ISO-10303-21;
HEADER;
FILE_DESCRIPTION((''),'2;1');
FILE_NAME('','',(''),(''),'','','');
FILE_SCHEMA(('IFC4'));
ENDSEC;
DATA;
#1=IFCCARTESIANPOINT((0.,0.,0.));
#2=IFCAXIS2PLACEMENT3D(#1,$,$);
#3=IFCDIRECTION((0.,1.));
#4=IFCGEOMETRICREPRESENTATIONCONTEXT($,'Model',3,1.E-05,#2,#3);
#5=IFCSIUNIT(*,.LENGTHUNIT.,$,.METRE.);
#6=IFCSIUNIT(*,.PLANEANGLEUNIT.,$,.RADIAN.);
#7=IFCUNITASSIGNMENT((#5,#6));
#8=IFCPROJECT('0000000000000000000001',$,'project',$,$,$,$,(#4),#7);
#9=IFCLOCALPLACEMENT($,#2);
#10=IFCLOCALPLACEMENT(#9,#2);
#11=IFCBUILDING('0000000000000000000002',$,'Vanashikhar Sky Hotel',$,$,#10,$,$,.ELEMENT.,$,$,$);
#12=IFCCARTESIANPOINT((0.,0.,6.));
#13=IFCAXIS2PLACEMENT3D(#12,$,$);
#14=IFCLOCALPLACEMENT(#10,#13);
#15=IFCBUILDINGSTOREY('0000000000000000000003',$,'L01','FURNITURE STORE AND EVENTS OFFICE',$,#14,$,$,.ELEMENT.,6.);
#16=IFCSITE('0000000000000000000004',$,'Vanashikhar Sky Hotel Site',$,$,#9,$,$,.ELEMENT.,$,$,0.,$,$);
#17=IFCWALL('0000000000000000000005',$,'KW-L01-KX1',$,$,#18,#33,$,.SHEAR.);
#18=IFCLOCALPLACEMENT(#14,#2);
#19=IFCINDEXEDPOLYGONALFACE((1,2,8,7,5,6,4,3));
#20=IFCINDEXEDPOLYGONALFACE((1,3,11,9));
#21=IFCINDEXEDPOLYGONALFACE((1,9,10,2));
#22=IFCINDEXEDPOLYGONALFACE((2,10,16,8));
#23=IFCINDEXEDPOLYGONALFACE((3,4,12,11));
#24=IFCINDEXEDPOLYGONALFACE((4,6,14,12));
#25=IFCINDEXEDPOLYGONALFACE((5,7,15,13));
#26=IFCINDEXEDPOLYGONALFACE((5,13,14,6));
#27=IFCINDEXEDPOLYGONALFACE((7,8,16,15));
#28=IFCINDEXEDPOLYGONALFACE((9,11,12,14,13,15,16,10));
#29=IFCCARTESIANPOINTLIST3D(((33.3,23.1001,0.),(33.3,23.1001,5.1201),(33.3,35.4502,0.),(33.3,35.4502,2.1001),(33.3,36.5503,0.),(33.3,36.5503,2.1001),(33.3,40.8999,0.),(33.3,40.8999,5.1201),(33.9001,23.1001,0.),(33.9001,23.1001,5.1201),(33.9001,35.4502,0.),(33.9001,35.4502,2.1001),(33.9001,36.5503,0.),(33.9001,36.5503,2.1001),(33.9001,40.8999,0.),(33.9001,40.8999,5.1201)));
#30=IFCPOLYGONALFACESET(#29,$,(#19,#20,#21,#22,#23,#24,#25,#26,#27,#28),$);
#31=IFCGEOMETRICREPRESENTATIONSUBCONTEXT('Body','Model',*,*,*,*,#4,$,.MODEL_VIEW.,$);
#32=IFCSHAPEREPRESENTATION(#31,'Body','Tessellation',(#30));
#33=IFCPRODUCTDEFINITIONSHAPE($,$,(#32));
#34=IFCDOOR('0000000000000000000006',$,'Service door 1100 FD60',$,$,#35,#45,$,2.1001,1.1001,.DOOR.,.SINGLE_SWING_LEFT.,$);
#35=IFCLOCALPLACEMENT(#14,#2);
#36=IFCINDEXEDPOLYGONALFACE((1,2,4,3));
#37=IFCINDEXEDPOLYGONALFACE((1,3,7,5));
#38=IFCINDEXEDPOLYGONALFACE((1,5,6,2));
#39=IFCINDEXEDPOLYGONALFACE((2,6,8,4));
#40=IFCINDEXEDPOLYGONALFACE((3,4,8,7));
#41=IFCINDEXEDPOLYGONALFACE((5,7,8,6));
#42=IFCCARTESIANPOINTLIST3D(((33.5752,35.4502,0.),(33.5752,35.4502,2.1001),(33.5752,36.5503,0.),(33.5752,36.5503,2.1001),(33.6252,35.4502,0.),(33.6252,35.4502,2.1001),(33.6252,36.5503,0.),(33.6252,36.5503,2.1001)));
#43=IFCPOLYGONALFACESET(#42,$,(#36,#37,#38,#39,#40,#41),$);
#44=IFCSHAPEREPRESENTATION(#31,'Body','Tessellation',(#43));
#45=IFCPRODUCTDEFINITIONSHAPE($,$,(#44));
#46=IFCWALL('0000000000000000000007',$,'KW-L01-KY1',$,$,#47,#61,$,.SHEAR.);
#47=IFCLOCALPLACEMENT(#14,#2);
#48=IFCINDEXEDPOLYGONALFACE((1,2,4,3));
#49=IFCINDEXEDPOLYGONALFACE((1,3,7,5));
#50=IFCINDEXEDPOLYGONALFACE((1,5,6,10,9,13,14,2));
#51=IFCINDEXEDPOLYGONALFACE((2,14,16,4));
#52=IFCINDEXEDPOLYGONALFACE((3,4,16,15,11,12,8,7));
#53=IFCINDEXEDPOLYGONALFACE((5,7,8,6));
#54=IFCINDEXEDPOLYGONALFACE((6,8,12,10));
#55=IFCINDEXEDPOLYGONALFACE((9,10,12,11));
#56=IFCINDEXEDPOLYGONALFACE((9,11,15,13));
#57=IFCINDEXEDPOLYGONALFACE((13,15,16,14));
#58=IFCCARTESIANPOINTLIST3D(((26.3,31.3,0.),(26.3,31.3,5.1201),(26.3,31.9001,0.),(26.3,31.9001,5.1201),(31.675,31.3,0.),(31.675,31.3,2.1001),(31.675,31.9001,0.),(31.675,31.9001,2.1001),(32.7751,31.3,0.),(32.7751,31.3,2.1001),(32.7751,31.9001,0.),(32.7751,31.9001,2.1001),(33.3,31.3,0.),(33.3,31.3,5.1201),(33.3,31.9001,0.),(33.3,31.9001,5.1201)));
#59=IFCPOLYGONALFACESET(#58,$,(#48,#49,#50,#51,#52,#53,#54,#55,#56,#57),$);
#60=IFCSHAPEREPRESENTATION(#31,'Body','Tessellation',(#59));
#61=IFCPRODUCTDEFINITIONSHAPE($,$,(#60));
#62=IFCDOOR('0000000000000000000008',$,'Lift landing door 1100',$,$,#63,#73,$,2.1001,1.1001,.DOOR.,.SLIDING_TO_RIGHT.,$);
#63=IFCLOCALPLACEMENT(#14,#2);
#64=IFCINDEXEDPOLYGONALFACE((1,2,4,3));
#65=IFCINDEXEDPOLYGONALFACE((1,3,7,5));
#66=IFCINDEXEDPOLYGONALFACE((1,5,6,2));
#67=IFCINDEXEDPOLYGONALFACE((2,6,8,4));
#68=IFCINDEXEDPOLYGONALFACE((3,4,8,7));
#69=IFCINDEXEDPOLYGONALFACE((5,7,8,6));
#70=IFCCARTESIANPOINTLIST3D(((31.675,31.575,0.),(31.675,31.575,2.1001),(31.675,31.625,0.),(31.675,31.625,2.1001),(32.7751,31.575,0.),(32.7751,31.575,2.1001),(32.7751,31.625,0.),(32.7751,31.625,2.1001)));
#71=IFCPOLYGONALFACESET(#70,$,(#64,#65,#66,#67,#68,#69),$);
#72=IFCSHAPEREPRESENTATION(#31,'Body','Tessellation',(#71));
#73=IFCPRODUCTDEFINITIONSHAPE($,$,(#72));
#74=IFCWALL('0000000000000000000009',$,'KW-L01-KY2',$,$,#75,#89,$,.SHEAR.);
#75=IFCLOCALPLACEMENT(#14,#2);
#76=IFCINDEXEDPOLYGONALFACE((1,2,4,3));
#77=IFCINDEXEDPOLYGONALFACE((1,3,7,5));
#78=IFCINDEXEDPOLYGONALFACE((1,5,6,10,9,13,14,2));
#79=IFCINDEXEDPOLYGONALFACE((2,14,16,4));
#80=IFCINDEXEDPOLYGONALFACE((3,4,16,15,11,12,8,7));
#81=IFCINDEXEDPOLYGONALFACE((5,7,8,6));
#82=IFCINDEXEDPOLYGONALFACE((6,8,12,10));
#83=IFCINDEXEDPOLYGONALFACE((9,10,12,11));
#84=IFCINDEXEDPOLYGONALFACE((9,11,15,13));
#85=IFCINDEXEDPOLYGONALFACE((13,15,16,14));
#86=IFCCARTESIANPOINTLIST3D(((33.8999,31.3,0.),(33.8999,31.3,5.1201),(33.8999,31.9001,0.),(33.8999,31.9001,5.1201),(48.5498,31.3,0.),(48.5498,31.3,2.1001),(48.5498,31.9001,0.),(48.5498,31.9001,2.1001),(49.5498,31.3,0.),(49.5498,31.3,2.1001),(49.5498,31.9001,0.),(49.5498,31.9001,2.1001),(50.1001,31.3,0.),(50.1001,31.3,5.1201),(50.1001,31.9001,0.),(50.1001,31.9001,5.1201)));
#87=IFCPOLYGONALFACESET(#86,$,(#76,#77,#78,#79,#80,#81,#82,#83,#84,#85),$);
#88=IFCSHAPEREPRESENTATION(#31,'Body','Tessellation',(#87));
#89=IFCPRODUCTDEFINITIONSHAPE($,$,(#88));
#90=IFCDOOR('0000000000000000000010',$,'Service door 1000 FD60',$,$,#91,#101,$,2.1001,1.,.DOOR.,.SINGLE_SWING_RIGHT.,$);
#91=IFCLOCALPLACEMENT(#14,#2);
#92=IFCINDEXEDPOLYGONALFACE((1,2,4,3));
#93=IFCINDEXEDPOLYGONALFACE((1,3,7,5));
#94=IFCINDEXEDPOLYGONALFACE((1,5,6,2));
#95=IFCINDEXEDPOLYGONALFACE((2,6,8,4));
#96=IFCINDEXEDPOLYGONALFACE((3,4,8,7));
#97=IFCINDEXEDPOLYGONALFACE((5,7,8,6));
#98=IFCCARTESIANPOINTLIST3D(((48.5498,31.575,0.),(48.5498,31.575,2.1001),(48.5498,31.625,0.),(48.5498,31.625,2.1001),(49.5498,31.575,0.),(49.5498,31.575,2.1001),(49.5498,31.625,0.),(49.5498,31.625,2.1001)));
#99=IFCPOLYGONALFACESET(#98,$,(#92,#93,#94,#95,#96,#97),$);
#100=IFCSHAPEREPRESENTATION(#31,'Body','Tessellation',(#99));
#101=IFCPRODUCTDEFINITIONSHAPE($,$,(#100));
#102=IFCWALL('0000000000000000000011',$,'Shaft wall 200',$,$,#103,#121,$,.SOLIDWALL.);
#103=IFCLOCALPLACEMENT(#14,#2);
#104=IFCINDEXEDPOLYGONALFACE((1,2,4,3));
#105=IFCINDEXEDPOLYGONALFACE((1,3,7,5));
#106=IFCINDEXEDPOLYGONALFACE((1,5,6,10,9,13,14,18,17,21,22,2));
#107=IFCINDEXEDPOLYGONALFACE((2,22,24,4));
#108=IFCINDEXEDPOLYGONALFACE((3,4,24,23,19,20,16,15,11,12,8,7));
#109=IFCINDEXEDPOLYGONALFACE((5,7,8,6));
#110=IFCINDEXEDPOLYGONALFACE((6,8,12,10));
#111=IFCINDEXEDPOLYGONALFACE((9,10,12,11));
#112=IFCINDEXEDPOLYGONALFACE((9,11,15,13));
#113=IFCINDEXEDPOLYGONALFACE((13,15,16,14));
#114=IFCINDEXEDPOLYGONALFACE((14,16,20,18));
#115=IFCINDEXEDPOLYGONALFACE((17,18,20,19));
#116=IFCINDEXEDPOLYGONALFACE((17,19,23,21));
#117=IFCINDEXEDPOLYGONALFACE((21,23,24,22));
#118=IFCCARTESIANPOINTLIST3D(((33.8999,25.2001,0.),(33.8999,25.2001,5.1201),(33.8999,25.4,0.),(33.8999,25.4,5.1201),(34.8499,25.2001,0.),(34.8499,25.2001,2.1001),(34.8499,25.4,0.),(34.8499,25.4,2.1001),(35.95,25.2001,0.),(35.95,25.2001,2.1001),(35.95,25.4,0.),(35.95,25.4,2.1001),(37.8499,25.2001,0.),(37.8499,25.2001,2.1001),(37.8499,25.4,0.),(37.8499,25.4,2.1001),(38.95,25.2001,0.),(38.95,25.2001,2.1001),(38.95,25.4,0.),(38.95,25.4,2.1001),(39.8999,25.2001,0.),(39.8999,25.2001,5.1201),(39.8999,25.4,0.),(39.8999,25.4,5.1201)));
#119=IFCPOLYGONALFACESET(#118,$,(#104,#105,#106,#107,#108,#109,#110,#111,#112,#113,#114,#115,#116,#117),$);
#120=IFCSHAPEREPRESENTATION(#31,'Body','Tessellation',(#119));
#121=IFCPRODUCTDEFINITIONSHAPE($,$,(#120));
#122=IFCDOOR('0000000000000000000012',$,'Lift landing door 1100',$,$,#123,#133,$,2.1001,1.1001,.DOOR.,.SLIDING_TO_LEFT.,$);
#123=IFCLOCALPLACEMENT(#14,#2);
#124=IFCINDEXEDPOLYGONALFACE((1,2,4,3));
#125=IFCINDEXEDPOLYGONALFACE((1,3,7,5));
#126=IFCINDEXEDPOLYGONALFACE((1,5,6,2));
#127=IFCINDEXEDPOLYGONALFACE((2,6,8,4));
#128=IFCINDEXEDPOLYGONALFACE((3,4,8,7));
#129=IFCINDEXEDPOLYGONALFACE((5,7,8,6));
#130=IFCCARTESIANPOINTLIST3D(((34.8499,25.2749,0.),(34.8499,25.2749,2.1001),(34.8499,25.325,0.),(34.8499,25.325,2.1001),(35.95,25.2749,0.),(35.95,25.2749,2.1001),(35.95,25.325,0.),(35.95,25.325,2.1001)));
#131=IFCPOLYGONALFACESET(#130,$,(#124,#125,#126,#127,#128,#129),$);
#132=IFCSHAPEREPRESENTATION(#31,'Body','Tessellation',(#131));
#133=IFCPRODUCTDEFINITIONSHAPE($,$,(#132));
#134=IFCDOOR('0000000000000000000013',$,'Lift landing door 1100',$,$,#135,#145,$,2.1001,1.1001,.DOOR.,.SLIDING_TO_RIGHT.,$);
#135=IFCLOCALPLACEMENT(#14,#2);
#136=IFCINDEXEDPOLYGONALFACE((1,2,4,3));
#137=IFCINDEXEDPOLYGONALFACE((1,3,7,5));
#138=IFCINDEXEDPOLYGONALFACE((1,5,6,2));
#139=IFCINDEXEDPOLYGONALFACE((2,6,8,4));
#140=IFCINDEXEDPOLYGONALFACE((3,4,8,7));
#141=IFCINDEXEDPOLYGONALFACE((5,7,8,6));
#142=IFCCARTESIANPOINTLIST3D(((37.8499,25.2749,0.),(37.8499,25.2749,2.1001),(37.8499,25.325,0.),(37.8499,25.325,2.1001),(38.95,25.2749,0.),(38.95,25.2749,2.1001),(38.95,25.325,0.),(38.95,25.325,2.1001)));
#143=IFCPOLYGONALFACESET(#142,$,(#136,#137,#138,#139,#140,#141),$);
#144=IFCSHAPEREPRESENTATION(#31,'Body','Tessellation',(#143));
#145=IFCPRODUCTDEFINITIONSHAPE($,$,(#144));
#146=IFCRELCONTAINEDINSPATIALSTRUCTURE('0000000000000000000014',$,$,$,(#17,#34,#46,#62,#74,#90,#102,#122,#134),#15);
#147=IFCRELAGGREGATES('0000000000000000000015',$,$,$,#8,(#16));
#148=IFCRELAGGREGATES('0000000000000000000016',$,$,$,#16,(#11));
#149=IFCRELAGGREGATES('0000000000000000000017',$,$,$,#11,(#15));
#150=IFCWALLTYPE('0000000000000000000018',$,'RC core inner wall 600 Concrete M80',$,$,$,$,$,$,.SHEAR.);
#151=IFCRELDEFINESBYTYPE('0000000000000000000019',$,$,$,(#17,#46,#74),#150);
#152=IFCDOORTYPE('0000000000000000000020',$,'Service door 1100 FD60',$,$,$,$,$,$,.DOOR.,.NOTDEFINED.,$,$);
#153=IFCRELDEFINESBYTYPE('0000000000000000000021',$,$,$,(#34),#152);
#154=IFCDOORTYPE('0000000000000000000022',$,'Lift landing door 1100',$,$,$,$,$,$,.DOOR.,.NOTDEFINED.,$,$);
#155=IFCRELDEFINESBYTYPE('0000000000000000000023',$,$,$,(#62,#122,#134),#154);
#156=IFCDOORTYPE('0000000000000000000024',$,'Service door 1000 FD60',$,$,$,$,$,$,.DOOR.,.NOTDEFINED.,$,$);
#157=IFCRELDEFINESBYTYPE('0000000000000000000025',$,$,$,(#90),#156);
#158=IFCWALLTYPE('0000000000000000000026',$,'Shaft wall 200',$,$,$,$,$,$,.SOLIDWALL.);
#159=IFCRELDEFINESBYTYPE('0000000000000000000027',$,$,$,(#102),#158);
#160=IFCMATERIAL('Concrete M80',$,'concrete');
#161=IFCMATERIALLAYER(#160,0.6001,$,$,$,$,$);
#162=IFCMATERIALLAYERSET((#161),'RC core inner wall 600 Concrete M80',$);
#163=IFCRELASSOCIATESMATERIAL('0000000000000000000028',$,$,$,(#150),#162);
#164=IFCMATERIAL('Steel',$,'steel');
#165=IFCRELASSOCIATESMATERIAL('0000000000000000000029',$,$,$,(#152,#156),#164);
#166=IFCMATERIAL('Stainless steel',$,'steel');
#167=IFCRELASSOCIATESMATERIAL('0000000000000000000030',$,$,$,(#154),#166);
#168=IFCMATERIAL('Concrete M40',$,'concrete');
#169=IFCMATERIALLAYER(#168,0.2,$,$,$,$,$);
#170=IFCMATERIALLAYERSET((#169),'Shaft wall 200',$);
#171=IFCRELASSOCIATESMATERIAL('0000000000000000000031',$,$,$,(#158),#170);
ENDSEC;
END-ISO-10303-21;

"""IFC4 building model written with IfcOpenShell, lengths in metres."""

from ifc_helpers import new_model, si_unit, direction, frame, frame_2d, origin, place, context, subcontext, project, spatial, rectangle, extrude, source, transform, mapped, material, layer, layer_set, type_object, element, fill, save


model = new_model("IFC4")

# Units and contexts
model_context = context("Model", 3, precision=1e-05, world=origin(), true_north=direction((0.0, 1.0)))
body_context = subcontext(model_context, "Body", "Model", "MODEL_VIEW")
ifc_project = project(units=[si_unit("LENGTHUNIT", "METRE"), si_unit("PLANEANGLEUNIT", "RADIAN")], contexts=[model_context])

# Site, building, storey
site_placement = place(None, origin())
site = spatial("IfcSite", under=ifc_project, at=site_placement, Name="Vanashikhar Sky Hotel Site", CompositionType="ELEMENT", RefElevation=0.0)
building_placement = place(site_placement, origin())
building = spatial("IfcBuilding", under=site, at=building_placement, Name="Vanashikhar Sky Hotel", CompositionType="ELEMENT")
storey_placement = place(building_placement, frame((0.0, 0.0, 6.0)))
storey = spatial("IfcBuildingStorey", under=building, at=storey_placement, Name="L01", Description="FURNITURE STORE AND EVENTS OFFICE", CompositionType="ELEMENT", Elevation=6.0)

# Walls, openings, doors
ifc_material_1 = material(Name="Concrete M80", Category="concrete")
ifc_layer_1 = layer(ifc_material_1, 0.6001)
ifc_layer_set_1 = layer_set([ifc_layer_1], Name="RC core inner wall 600 Concrete M80")
wall_type_1 = type_object("IfcWallType", Name="RC core inner wall 600 Concrete M80", PredefinedType="SHEAR", material=ifc_layer_set_1)
shared_shape_1 = source(origin(), body_context, "Body", "SweptSolid", [
    extrude(rectangle(XDim=17.7998, YDim=0.6001, at=frame_2d((8.8999, 0.0))), origin(), (0.0, 0.0, 1.0), 5.1201),
])
wall_1_placement = place(storey_placement, frame((33.6001, 23.1001, 0.0), z_axis=(0.0, 0.0, 1.0), x_axis=(0.0, 1.0, 0.0)))
wall_1 = element("IfcWall", 1, at=wall_1_placement, inside=storey, type_object=wall_type_1, Name="KW-L01-KX1", PredefinedType="SHEAR", context=body_context, shape_type="MappedRepresentation", body=[
    mapped(shared_shape_1, transform((0.0, 0.0, 0.0), scale=1.0)),
])
shared_shape_2 = source(origin(), body_context, "Body", "SweptSolid", [
    extrude(rectangle(XDim=1.1001, YDim=2.1001, at=frame_2d((0.55, 1.05))), frame((0.0, 0.3101, 0.0), z_axis=(0.0, -1.0, 0.0), x_axis=(1.0, 0.0, 0.0)), (0.0, 0.0, 1.0), 0.6201),
])
opening_1_placement = place(wall_1_placement, frame((12.3501, 0.0, 0.0)))
opening_1 = element("IfcOpeningElement", 2, at=opening_1_placement, cuts=wall_1, PredefinedType="OPENING", context=body_context, shape_type="MappedRepresentation", body=[
    mapped(shared_shape_2, transform((0.0, 0.0, 0.0), scale=1.0)),
])
ifc_material_2 = material(Name="Steel", Category="steel")
door_type_1 = type_object("IfcDoorType", Name="Service door 1100 FD60", OperationType="NOTDEFINED", PredefinedType="DOOR", material=ifc_material_2)
shared_shape_3 = source(origin(), body_context, "Body", "SweptSolid", [
    extrude(rectangle(XDim=1.1001, YDim=2.1001, at=frame_2d((0.55, 1.05))), frame((0.0, 0.0249, 0.0), z_axis=(0.0, -1.0, 0.0), x_axis=(1.0, 0.0, 0.0)), (0.0, 0.0, 1.0), 0.05),
])
door_1_placement = place(opening_1_placement, origin())
door_1 = element("IfcDoor", 3, at=door_1_placement, inside=storey, type_object=door_type_1, Name="Service door 1100 FD60", OperationType="SINGLE_SWING_LEFT", OverallHeight=2.1001, OverallWidth=1.1001, PredefinedType="DOOR", context=body_context, shape_type="MappedRepresentation", body=[
    mapped(shared_shape_3, transform((0.0, 0.0, 0.0), scale=1.0)),
])
fill(opening_1, door_1)
shared_shape_4 = source(origin(), body_context, "Body", "SweptSolid", [
    extrude(rectangle(XDim=7.0, YDim=0.6001, at=frame_2d((3.5, 0.0))), origin(), (0.0, 0.0, 1.0), 5.1201),
])
wall_2_placement = place(storey_placement, frame((26.3, 31.6001, 0.0), z_axis=(0.0, 0.0, 1.0), x_axis=(1.0, 0.0, 0.0)))
wall_2 = element("IfcWall", 4, at=wall_2_placement, inside=storey, type_object=wall_type_1, Name="KW-L01-KY1", PredefinedType="SHEAR", context=body_context, shape_type="MappedRepresentation", body=[
    mapped(shared_shape_4, transform((0.0, 0.0, 0.0), scale=1.0)),
])
opening_2_placement = place(wall_2_placement, frame((5.375, 0.0, 0.0)))
opening_2 = element("IfcOpeningElement", 5, at=opening_2_placement, cuts=wall_2, PredefinedType="OPENING", context=body_context, shape_type="MappedRepresentation", body=[
    mapped(shared_shape_2, transform((0.0, 0.0, 0.0), scale=1.0)),
])
ifc_material_3 = material(Name="Stainless steel", Category="steel")
door_type_2 = type_object("IfcDoorType", Name="Lift landing door 1100", OperationType="NOTDEFINED", PredefinedType="DOOR", material=ifc_material_3)
door_2_placement = place(opening_2_placement, origin())
door_2 = element("IfcDoor", 6, at=door_2_placement, inside=storey, type_object=door_type_2, Name="Lift landing door 1100", OperationType="SLIDING_TO_RIGHT", OverallHeight=2.1001, OverallWidth=1.1001, PredefinedType="DOOR", context=body_context, shape_type="MappedRepresentation", body=[
    mapped(shared_shape_3, transform((0.0, 0.0, 0.0), scale=1.0)),
])
fill(opening_2, door_2)
shared_shape_5 = source(origin(), body_context, "Body", "SweptSolid", [
    extrude(rectangle(XDim=16.2002, YDim=0.6001, at=frame_2d((8.1001, 0.0))), origin(), (0.0, 0.0, 1.0), 5.1201),
])
wall_3_placement = place(storey_placement, frame((33.8999, 31.6001, 0.0), z_axis=(0.0, 0.0, 1.0), x_axis=(1.0, 0.0, 0.0)))
wall_3 = element("IfcWall", 7, at=wall_3_placement, inside=storey, type_object=wall_type_1, Name="KW-L01-KY2", PredefinedType="SHEAR", context=body_context, shape_type="MappedRepresentation", body=[
    mapped(shared_shape_5, transform((0.0, 0.0, 0.0), scale=1.0)),
])
shared_shape_6 = source(origin(), body_context, "Body", "SweptSolid", [
    extrude(rectangle(XDim=1.0, YDim=2.1001, at=frame_2d((0.5, 1.05))), frame((0.0, 0.3101, 0.0), z_axis=(0.0, -1.0, 0.0), x_axis=(1.0, 0.0, 0.0)), (0.0, 0.0, 1.0), 0.6201),
])
opening_3_placement = place(wall_3_placement, frame((14.6499, 0.0, 0.0)))
opening_3 = element("IfcOpeningElement", 8, at=opening_3_placement, cuts=wall_3, PredefinedType="OPENING", context=body_context, shape_type="MappedRepresentation", body=[
    mapped(shared_shape_6, transform((0.0, 0.0, 0.0), scale=1.0)),
])
door_type_3 = type_object("IfcDoorType", Name="Service door 1000 FD60", OperationType="NOTDEFINED", PredefinedType="DOOR", material=ifc_material_2)
shared_shape_7 = source(origin(), body_context, "Body", "SweptSolid", [
    extrude(rectangle(XDim=1.0, YDim=2.1001, at=frame_2d((0.5, 1.05))), frame((0.0, 0.0249, 0.0), z_axis=(0.0, -1.0, 0.0), x_axis=(1.0, 0.0, 0.0)), (0.0, 0.0, 1.0), 0.05),
])
door_3_placement = place(opening_3_placement, origin())
door_3 = element("IfcDoor", 9, at=door_3_placement, inside=storey, type_object=door_type_3, Name="Service door 1000 FD60", OperationType="SINGLE_SWING_RIGHT", OverallHeight=2.1001, OverallWidth=1.0, PredefinedType="DOOR", context=body_context, shape_type="MappedRepresentation", body=[
    mapped(shared_shape_7, transform((0.0, 0.0, 0.0), scale=1.0)),
])
fill(opening_3, door_3)

# Wall, openings, doors
ifc_material_4 = material(Name="Concrete M40", Category="concrete")
ifc_layer_2 = layer(ifc_material_4, 0.2)
ifc_layer_set_2 = layer_set([ifc_layer_2], Name="Shaft wall 200")
wall_type_2 = type_object("IfcWallType", Name="Shaft wall 200", PredefinedType="SOLIDWALL", material=ifc_layer_set_2)
shared_shape_8 = source(origin(), body_context, "Body", "SweptSolid", [
    extrude(rectangle(XDim=6.0, YDim=0.2, at=frame_2d((3.0, 0.0))), origin(), (0.0, 0.0, 1.0), 5.1201),
])
wall_4_placement = place(storey_placement, frame((33.8999, 25.3, 0.0), z_axis=(0.0, 0.0, 1.0), x_axis=(1.0, 0.0, 0.0)))
wall_4 = element("IfcWall", 10, at=wall_4_placement, inside=storey, type_object=wall_type_2, Name="Shaft wall 200", PredefinedType="SOLIDWALL", context=body_context, shape_type="MappedRepresentation", body=[
    mapped(shared_shape_8, transform((0.0, 0.0, 0.0), scale=1.0)),
])
shared_shape_9 = source(origin(), body_context, "Body", "SweptSolid", [
    extrude(rectangle(XDim=1.1001, YDim=2.1001, at=frame_2d((0.55, 1.05))), frame((0.0, 0.1099, 0.0), z_axis=(0.0, -1.0, 0.0), x_axis=(1.0, 0.0, 0.0)), (0.0, 0.0, 1.0), 0.22),
])
opening_4_placement = place(wall_4_placement, frame((0.95, 0.0, 0.0)))
opening_4 = element("IfcOpeningElement", 11, at=opening_4_placement, cuts=wall_4, PredefinedType="OPENING", context=body_context, shape_type="MappedRepresentation", body=[
    mapped(shared_shape_9, transform((0.0, 0.0, 0.0), scale=1.0)),
])
opening_5_placement = place(wall_4_placement, frame((3.95, 0.0, 0.0)))
opening_5 = element("IfcOpeningElement", 12, at=opening_5_placement, cuts=wall_4, PredefinedType="OPENING", context=body_context, shape_type="MappedRepresentation", body=[
    mapped(shared_shape_9, transform((0.0, 0.0, 0.0), scale=1.0)),
])
door_4_placement = place(opening_4_placement, origin())
door_4 = element("IfcDoor", 13, at=door_4_placement, inside=storey, type_object=door_type_2, Name="Lift landing door 1100", OperationType="SLIDING_TO_LEFT", OverallHeight=2.1001, OverallWidth=1.1001, PredefinedType="DOOR", context=body_context, shape_type="MappedRepresentation", body=[
    mapped(shared_shape_3, transform((0.0, 0.0, 0.0), scale=1.0)),
])
fill(opening_4, door_4)
door_5_placement = place(opening_5_placement, origin())
door_5 = element("IfcDoor", 14, at=door_5_placement, inside=storey, type_object=door_type_2, Name="Lift landing door 1100", OperationType="SLIDING_TO_RIGHT", OverallHeight=2.1001, OverallWidth=1.1001, PredefinedType="DOOR", context=body_context, shape_type="MappedRepresentation", body=[
    mapped(shared_shape_3, transform((0.0, 0.0, 0.0), scale=1.0)),
])
fill(opening_5, door_5)

save(model, "model.ifc")
